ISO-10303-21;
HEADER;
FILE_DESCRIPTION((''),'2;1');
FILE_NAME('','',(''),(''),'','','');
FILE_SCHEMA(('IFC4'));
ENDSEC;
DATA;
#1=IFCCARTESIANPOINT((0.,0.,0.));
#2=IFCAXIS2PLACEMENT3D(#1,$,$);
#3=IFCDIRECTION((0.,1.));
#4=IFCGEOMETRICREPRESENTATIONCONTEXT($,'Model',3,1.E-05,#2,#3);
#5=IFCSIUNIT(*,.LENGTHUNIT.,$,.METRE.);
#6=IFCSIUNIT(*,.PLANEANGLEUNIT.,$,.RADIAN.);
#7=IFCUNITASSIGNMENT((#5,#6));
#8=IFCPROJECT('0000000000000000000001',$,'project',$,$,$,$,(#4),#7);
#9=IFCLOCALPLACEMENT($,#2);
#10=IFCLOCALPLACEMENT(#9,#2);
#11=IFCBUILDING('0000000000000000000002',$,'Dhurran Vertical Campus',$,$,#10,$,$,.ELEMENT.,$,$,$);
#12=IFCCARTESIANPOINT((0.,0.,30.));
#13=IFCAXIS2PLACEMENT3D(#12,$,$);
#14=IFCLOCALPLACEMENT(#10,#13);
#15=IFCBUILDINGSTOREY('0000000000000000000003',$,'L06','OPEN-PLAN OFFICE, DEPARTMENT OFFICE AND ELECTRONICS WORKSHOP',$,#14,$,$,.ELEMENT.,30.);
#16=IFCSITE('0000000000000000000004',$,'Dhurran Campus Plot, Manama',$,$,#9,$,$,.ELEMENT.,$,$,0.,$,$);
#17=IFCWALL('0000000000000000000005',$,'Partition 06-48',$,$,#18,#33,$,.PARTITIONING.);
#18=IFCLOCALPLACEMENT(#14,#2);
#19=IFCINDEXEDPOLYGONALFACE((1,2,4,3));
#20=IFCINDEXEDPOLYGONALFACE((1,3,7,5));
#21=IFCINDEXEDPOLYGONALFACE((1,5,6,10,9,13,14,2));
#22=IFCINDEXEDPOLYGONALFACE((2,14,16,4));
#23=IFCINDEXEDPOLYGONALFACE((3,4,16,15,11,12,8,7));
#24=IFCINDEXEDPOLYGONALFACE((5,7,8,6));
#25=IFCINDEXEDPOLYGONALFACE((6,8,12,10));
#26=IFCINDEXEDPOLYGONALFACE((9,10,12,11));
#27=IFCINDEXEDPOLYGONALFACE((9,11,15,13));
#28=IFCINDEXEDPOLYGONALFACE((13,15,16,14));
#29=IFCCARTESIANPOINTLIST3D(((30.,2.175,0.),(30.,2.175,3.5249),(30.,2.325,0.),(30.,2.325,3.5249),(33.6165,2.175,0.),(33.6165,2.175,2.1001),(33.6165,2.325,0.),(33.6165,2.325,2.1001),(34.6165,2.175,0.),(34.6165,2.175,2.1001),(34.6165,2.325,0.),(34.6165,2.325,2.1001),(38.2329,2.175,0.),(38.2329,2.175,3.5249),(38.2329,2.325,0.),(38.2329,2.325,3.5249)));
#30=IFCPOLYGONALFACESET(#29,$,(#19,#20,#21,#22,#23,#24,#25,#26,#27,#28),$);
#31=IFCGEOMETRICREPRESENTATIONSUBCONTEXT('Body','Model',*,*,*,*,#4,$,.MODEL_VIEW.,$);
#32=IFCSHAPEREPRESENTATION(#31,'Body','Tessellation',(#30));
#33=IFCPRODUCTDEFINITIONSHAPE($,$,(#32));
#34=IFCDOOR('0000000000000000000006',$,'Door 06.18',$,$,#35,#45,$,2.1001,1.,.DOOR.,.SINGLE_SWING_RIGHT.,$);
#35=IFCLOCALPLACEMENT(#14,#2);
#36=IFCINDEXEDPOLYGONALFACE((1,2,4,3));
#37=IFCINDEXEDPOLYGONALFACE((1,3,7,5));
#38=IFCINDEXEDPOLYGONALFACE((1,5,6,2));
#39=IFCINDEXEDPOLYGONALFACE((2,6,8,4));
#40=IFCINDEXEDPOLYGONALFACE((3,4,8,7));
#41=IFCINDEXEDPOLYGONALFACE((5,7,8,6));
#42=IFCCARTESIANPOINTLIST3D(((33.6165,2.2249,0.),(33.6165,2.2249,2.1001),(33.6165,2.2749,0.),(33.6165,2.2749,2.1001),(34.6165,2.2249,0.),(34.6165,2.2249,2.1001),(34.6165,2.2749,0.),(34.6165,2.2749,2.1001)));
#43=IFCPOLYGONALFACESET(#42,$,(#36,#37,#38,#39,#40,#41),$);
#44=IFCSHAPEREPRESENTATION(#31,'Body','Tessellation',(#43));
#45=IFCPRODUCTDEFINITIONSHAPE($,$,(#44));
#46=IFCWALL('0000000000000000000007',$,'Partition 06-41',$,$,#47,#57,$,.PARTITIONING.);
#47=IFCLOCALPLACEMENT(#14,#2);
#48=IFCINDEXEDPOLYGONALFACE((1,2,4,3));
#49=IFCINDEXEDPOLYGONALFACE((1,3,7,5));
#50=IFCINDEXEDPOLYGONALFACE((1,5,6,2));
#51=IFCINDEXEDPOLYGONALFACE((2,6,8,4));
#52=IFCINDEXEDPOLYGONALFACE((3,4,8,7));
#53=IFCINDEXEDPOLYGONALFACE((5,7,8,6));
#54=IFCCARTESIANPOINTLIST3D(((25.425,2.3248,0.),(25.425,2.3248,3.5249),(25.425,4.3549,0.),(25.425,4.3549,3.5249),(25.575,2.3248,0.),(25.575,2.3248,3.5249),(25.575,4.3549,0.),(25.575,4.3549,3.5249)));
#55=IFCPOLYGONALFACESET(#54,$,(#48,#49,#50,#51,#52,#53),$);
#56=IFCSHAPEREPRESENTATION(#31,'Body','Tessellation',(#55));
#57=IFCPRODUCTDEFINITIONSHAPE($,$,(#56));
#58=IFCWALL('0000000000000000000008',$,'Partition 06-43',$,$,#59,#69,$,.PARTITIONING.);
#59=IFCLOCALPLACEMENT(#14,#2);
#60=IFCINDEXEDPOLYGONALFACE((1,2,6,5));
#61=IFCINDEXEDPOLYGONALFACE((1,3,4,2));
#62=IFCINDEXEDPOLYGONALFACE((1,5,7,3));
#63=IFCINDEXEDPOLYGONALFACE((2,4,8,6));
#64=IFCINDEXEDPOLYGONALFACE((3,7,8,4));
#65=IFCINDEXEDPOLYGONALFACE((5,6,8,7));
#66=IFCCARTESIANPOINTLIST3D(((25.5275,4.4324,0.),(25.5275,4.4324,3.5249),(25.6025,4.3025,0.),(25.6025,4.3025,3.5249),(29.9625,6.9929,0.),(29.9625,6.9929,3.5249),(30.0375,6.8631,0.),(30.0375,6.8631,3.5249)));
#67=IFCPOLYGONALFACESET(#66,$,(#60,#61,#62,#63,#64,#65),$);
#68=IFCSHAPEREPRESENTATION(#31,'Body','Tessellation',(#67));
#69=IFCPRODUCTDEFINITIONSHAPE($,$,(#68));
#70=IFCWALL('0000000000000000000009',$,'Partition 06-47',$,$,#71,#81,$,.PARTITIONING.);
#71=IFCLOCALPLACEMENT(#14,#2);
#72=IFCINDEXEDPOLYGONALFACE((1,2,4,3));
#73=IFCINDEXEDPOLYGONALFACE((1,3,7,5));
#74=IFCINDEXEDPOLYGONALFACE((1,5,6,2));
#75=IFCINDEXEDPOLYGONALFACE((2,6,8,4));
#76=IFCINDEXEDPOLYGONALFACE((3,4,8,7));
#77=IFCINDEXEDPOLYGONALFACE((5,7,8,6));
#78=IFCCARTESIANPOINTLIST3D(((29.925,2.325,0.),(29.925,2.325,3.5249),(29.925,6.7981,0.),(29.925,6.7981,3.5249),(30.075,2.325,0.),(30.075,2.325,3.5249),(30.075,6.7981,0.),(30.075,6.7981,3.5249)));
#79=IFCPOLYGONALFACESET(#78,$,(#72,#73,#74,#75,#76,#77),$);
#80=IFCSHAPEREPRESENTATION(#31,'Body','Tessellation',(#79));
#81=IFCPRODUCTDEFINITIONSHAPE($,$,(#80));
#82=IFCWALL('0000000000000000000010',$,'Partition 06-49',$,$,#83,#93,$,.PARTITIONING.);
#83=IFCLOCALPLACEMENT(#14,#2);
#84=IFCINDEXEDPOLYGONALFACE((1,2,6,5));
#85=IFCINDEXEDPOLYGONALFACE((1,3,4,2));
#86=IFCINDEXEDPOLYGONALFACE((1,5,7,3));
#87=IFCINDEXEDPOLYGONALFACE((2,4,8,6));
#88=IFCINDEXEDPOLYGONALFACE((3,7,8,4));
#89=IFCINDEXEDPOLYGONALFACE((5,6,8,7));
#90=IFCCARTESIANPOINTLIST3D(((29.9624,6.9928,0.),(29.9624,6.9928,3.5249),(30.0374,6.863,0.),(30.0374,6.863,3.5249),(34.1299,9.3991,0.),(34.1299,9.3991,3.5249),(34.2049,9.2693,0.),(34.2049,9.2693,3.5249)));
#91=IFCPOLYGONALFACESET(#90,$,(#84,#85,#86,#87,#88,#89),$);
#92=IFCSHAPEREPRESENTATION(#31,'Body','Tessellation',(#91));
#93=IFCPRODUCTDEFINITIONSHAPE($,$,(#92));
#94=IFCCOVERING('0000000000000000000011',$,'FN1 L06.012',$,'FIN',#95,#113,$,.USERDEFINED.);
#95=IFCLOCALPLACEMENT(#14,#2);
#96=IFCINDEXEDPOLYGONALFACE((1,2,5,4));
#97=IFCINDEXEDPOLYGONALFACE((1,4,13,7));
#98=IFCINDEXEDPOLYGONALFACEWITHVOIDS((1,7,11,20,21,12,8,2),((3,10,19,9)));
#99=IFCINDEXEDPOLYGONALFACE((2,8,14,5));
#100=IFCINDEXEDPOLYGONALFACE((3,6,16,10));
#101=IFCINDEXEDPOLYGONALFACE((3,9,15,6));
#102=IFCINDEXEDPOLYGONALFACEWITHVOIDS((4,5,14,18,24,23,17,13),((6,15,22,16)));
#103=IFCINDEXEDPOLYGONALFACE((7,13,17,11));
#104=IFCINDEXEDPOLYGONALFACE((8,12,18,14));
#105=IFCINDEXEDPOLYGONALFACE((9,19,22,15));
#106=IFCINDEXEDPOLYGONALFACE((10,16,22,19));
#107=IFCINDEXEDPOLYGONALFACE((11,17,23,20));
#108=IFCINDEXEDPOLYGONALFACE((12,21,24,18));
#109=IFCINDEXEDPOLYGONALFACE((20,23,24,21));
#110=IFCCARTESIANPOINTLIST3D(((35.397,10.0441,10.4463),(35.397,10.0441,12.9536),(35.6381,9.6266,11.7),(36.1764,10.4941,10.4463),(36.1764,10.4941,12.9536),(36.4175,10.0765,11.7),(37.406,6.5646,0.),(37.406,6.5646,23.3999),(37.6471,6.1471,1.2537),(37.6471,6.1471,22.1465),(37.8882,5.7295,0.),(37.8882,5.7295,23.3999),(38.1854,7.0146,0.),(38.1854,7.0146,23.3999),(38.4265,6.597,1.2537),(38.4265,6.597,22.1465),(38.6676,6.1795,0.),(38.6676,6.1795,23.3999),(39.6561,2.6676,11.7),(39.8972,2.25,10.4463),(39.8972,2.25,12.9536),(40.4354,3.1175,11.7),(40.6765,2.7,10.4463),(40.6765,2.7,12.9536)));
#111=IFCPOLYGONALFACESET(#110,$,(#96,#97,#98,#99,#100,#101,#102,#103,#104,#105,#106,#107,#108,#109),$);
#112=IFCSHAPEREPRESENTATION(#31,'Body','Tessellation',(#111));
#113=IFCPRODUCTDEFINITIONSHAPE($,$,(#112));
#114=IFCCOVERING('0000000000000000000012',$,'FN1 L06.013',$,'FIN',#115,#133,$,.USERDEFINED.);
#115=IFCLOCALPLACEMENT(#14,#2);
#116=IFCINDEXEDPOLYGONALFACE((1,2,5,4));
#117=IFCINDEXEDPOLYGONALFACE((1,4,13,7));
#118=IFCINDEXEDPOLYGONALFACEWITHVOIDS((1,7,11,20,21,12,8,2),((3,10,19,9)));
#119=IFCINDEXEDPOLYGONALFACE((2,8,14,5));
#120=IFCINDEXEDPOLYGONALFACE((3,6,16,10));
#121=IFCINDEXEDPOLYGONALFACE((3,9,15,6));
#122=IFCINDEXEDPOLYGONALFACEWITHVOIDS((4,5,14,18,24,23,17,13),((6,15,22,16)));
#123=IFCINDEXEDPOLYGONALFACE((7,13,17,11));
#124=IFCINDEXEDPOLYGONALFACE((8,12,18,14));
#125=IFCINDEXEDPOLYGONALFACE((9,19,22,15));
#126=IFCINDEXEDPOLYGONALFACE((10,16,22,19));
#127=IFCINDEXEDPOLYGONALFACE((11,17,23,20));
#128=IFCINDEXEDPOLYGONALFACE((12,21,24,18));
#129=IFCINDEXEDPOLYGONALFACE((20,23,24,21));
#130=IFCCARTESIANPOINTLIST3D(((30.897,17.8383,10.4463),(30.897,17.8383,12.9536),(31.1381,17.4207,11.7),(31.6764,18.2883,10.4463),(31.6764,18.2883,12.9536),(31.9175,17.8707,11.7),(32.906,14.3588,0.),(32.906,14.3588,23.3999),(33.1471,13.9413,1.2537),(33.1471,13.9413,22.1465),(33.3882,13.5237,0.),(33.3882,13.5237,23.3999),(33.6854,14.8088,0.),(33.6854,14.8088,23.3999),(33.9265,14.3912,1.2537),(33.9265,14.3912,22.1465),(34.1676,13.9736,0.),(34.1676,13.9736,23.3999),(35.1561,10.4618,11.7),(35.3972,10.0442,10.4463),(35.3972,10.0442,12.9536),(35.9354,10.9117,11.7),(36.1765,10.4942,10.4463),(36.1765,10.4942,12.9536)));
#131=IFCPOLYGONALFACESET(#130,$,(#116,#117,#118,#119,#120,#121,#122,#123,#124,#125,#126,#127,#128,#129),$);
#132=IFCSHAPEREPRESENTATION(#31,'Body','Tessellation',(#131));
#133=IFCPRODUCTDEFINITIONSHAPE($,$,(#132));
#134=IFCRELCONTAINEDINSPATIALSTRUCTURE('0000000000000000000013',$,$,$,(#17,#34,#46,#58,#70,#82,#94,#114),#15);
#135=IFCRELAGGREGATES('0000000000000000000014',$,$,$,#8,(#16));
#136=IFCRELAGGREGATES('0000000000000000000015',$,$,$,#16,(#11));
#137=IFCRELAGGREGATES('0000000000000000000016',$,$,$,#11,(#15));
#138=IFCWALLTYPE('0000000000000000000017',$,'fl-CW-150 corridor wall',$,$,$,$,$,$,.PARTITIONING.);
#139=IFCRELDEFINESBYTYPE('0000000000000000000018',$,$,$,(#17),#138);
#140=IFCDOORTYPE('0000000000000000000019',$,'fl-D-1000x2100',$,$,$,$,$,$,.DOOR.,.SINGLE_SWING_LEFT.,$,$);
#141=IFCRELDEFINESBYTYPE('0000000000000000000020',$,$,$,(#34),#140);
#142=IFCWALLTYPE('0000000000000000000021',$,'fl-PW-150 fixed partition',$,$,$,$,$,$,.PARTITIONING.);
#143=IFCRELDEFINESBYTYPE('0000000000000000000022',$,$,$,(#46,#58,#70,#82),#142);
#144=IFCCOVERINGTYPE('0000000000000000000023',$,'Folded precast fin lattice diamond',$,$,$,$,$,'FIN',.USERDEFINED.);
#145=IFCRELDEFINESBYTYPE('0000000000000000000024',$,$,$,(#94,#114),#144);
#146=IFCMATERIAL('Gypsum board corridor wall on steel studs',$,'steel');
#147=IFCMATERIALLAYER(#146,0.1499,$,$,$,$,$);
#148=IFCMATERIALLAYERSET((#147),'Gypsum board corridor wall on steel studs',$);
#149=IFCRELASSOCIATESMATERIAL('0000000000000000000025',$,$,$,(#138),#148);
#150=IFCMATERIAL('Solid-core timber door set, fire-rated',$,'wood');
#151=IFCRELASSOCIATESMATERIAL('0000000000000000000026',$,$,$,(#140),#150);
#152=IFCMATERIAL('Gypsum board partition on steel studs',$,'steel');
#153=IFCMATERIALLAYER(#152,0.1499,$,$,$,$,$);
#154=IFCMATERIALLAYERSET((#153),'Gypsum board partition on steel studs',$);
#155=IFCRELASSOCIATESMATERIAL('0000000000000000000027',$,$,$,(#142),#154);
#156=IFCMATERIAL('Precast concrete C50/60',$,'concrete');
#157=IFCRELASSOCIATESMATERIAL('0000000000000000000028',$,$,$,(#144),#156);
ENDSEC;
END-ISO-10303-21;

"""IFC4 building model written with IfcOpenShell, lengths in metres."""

from ifc_helpers import new_model, si_unit, direction, frame, frame_2d, origin, place, context, subcontext, project, spatial, polyline, rectangle, outline, extrude, material, layer, layer_set, type_object, element, fill, save


model = new_model("IFC4")

# Units and contexts
model_context = context("Model", 3, precision=1e-05, world=origin(), true_north=direction((0.0, 1.0)))
body_context = subcontext(model_context, "Body", "Model", "MODEL_VIEW")
ifc_project = project(units=[si_unit("LENGTHUNIT", "METRE"), si_unit("PLANEANGLEUNIT", "RADIAN")], contexts=[model_context])

# Site, building, storey
site_placement = place(None, origin())
site = spatial("IfcSite", under=ifc_project, at=site_placement, Name="Dhurran Campus Plot, Manama", CompositionType="ELEMENT", RefElevation=0.0)
building_placement = place(site_placement, origin())
building = spatial("IfcBuilding", under=site, at=building_placement, Name="Dhurran Vertical Campus", CompositionType="ELEMENT")
storey_placement = place(building_placement, frame((0.0, 0.0, 30.0)))
storey = spatial("IfcBuildingStorey", under=building, at=storey_placement, Name="L06", Description="OPEN-PLAN OFFICE, DEPARTMENT OFFICE AND ELECTRONICS WORKSHOP", CompositionType="ELEMENT", Elevation=30.0)

# Shared definitions
ifc_material_1 = material(Name="Gypsum board corridor wall on steel studs", Category="steel")
ifc_layer_1 = layer(ifc_material_1, 0.1499)
ifc_layer_set_1 = layer_set([ifc_layer_1], Name="Gypsum board corridor wall on steel studs")
wall_type_1 = type_object("IfcWallType", Name="fl-CW-150 corridor wall", PredefinedType="PARTITIONING", material=ifc_layer_set_1)
ifc_material_2 = material(Name="Solid-core timber door set, fire-rated", Category="wood")
door_type = type_object("IfcDoorType", Name="fl-D-1000x2100", OperationType="SINGLE_SWING_LEFT", PredefinedType="DOOR", material=ifc_material_2)

# Wall, opening, door
wall_1_placement = place(storey_placement, frame((30.0, 2.25, 0.0), z_axis=(0.0, 0.0, 1.0), x_axis=(1.0, 0.0, 0.0)))
wall_1 = element("IfcWall", 1, at=wall_1_placement, inside=storey, type_object=wall_type_1, Name="Partition 06-48", PredefinedType="PARTITIONING", context=body_context, shape_type="SweptSolid", body=[
    extrude(rectangle(XDim=8.2329, YDim=0.1499, at=frame_2d((4.1165, 0.0))), origin(), (0.0, 0.0, 1.0), 3.5249),
])
opening_1_placement = place(wall_1_placement, frame((3.6165, 0.0, 0.0)))
opening_1 = element("IfcOpeningElement", 2, at=opening_1_placement, cuts=wall_1, PredefinedType="OPENING", context=body_context, shape_type="SweptSolid", body=[
    extrude(rectangle(XDim=1.0, YDim=2.1001, at=frame_2d((0.5, 1.05))), frame((0.0, 0.085, 0.0), z_axis=(0.0, -1.0, 0.0), x_axis=(1.0, 0.0, 0.0)), (0.0, 0.0, 1.0), 0.1699),
])
door_1_placement = place(opening_1_placement, origin())
door_1 = element("IfcDoor", 3, at=door_1_placement, inside=storey, type_object=door_type, Name="Door 06.18", OperationType="SINGLE_SWING_RIGHT", OverallHeight=2.1001, OverallWidth=1.0, PredefinedType="DOOR", context=body_context, shape_type="SweptSolid", body=[
    extrude(rectangle(XDim=1.0, YDim=2.1001, at=frame_2d((0.5, 1.05))), frame((0.0, 0.0249, 0.0), z_axis=(0.0, -1.0, 0.0), x_axis=(1.0, 0.0, 0.0)), (0.0, 0.0, 1.0), 0.05),
])
fill(opening_1, door_1)

# Walls
ifc_material_3 = material(Name="Gypsum board partition on steel studs", Category="steel")
ifc_layer_2 = layer(ifc_material_3, 0.1499)
ifc_layer_set_2 = layer_set([ifc_layer_2], Name="Gypsum board partition on steel studs")
wall_type_2 = type_object("IfcWallType", Name="fl-PW-150 fixed partition", PredefinedType="PARTITIONING", material=ifc_layer_set_2)
wall_2_placement = place(storey_placement, frame((25.5, 4.355, 0.0), z_axis=(0.0, 0.0, 1.0), x_axis=(0.0, -1.0, 0.0)))
element("IfcWall", 4, at=wall_2_placement, inside=storey, type_object=wall_type_2, Name="Partition 06-41", PredefinedType="PARTITIONING", context=body_context, shape_type="SweptSolid", body=[
    extrude(rectangle(XDim=2.03, YDim=0.1499, at=frame_2d((1.0151, 0.0))), origin(), (0.0, 0.0, 1.0), 3.5249),
])
wall_3_placement = place(storey_placement, frame((30.0, 6.928, 0.0), z_axis=(0.0, 0.0, 1.0), x_axis=(-0.866028, -0.499995, 0.0)))
element("IfcWall", 5, at=wall_3_placement, inside=storey, type_object=wall_type_2, Name="Partition 06-43", PredefinedType="PARTITIONING", context=body_context, shape_type="SweptSolid", body=[
    extrude(rectangle(XDim=5.1211, YDim=0.1499, at=frame_2d((2.5605, 0.0))), origin(), (0.0, 0.0, 1.0), 3.5249),
])
wall_4_placement = place(storey_placement, frame((30.0, 6.7981, 0.0), z_axis=(0.0, 0.0, 1.0), x_axis=(0.0, -1.0, 0.0)))
element("IfcWall", 6, at=wall_4_placement, inside=storey, type_object=wall_type_2, Name="Partition 06-47", PredefinedType="PARTITIONING", context=body_context, shape_type="SweptSolid", body=[
    extrude(rectangle(XDim=4.4731, YDim=0.1499, at=frame_2d((2.2366, 0.0))), origin(), (0.0, 0.0, 1.0), 3.5249),
])
wall_5_placement = place(storey_placement, frame((34.1675, 9.3342, 0.0), z_axis=(0.0, 0.0, 1.0), x_axis=(-0.866012, -0.500024, 0.0)))
element("IfcWall", 7, at=wall_5_placement, inside=storey, type_object=wall_type_2, Name="Partition 06-49", PredefinedType="PARTITIONING", context=body_context, shape_type="SweptSolid", body=[
    extrude(rectangle(XDim=4.8123, YDim=0.1499, at=frame_2d((2.4062, 0.0))), origin(), (0.0, 0.0, 1.0), 3.5249),
])

# Coverings
ifc_material_4 = material(Name="Precast concrete C50/60", Category="concrete")
covering_type = type_object("IfcCoveringType", Name="Folded precast fin lattice diamond", ElementType="FIN", PredefinedType="USERDEFINED", material=ifc_material_4)
for number, where, z_axis, x_axis, name in (
    (8, (39.8972, 2.25, 0.0), (0.866014, 0.50002, 0.0), (-0.50002, 0.866014, 0.0), "FN1 L06.012"),
    (9, (35.3972, 10.0442, 0.0), (0.866014, 0.50002, 0.0), (-0.50002, 0.866014, 0.0), "FN1 L06.013"),
):
    element("IfcCovering", number, at=place(storey_placement, frame(where, z_axis=z_axis, x_axis=x_axis)), inside=storey, type_object=covering_type, Name=name, ObjectType="FIN", PredefinedType="USERDEFINED", context=body_context, shape_type="SweptSolid", body=[
        extrude(outline(polyline([(9.0, 12.9536), (9.0, 10.4463), (4.9822, 0.0), (4.0178, 0.0), (0.0, 10.4463), (0.0, 12.9536), (4.0178, 23.3999), (4.9822, 23.3999), (9.0, 12.9536)]), holes=[polyline([(8.5178, 11.7), (4.5, 22.1465), (0.4822, 11.7), (4.5, 1.2537), (8.5178, 11.7)])]), origin(), (0.0, 0.0, 1.0), 0.8999),
    ])

save(model, "model.ifc")
